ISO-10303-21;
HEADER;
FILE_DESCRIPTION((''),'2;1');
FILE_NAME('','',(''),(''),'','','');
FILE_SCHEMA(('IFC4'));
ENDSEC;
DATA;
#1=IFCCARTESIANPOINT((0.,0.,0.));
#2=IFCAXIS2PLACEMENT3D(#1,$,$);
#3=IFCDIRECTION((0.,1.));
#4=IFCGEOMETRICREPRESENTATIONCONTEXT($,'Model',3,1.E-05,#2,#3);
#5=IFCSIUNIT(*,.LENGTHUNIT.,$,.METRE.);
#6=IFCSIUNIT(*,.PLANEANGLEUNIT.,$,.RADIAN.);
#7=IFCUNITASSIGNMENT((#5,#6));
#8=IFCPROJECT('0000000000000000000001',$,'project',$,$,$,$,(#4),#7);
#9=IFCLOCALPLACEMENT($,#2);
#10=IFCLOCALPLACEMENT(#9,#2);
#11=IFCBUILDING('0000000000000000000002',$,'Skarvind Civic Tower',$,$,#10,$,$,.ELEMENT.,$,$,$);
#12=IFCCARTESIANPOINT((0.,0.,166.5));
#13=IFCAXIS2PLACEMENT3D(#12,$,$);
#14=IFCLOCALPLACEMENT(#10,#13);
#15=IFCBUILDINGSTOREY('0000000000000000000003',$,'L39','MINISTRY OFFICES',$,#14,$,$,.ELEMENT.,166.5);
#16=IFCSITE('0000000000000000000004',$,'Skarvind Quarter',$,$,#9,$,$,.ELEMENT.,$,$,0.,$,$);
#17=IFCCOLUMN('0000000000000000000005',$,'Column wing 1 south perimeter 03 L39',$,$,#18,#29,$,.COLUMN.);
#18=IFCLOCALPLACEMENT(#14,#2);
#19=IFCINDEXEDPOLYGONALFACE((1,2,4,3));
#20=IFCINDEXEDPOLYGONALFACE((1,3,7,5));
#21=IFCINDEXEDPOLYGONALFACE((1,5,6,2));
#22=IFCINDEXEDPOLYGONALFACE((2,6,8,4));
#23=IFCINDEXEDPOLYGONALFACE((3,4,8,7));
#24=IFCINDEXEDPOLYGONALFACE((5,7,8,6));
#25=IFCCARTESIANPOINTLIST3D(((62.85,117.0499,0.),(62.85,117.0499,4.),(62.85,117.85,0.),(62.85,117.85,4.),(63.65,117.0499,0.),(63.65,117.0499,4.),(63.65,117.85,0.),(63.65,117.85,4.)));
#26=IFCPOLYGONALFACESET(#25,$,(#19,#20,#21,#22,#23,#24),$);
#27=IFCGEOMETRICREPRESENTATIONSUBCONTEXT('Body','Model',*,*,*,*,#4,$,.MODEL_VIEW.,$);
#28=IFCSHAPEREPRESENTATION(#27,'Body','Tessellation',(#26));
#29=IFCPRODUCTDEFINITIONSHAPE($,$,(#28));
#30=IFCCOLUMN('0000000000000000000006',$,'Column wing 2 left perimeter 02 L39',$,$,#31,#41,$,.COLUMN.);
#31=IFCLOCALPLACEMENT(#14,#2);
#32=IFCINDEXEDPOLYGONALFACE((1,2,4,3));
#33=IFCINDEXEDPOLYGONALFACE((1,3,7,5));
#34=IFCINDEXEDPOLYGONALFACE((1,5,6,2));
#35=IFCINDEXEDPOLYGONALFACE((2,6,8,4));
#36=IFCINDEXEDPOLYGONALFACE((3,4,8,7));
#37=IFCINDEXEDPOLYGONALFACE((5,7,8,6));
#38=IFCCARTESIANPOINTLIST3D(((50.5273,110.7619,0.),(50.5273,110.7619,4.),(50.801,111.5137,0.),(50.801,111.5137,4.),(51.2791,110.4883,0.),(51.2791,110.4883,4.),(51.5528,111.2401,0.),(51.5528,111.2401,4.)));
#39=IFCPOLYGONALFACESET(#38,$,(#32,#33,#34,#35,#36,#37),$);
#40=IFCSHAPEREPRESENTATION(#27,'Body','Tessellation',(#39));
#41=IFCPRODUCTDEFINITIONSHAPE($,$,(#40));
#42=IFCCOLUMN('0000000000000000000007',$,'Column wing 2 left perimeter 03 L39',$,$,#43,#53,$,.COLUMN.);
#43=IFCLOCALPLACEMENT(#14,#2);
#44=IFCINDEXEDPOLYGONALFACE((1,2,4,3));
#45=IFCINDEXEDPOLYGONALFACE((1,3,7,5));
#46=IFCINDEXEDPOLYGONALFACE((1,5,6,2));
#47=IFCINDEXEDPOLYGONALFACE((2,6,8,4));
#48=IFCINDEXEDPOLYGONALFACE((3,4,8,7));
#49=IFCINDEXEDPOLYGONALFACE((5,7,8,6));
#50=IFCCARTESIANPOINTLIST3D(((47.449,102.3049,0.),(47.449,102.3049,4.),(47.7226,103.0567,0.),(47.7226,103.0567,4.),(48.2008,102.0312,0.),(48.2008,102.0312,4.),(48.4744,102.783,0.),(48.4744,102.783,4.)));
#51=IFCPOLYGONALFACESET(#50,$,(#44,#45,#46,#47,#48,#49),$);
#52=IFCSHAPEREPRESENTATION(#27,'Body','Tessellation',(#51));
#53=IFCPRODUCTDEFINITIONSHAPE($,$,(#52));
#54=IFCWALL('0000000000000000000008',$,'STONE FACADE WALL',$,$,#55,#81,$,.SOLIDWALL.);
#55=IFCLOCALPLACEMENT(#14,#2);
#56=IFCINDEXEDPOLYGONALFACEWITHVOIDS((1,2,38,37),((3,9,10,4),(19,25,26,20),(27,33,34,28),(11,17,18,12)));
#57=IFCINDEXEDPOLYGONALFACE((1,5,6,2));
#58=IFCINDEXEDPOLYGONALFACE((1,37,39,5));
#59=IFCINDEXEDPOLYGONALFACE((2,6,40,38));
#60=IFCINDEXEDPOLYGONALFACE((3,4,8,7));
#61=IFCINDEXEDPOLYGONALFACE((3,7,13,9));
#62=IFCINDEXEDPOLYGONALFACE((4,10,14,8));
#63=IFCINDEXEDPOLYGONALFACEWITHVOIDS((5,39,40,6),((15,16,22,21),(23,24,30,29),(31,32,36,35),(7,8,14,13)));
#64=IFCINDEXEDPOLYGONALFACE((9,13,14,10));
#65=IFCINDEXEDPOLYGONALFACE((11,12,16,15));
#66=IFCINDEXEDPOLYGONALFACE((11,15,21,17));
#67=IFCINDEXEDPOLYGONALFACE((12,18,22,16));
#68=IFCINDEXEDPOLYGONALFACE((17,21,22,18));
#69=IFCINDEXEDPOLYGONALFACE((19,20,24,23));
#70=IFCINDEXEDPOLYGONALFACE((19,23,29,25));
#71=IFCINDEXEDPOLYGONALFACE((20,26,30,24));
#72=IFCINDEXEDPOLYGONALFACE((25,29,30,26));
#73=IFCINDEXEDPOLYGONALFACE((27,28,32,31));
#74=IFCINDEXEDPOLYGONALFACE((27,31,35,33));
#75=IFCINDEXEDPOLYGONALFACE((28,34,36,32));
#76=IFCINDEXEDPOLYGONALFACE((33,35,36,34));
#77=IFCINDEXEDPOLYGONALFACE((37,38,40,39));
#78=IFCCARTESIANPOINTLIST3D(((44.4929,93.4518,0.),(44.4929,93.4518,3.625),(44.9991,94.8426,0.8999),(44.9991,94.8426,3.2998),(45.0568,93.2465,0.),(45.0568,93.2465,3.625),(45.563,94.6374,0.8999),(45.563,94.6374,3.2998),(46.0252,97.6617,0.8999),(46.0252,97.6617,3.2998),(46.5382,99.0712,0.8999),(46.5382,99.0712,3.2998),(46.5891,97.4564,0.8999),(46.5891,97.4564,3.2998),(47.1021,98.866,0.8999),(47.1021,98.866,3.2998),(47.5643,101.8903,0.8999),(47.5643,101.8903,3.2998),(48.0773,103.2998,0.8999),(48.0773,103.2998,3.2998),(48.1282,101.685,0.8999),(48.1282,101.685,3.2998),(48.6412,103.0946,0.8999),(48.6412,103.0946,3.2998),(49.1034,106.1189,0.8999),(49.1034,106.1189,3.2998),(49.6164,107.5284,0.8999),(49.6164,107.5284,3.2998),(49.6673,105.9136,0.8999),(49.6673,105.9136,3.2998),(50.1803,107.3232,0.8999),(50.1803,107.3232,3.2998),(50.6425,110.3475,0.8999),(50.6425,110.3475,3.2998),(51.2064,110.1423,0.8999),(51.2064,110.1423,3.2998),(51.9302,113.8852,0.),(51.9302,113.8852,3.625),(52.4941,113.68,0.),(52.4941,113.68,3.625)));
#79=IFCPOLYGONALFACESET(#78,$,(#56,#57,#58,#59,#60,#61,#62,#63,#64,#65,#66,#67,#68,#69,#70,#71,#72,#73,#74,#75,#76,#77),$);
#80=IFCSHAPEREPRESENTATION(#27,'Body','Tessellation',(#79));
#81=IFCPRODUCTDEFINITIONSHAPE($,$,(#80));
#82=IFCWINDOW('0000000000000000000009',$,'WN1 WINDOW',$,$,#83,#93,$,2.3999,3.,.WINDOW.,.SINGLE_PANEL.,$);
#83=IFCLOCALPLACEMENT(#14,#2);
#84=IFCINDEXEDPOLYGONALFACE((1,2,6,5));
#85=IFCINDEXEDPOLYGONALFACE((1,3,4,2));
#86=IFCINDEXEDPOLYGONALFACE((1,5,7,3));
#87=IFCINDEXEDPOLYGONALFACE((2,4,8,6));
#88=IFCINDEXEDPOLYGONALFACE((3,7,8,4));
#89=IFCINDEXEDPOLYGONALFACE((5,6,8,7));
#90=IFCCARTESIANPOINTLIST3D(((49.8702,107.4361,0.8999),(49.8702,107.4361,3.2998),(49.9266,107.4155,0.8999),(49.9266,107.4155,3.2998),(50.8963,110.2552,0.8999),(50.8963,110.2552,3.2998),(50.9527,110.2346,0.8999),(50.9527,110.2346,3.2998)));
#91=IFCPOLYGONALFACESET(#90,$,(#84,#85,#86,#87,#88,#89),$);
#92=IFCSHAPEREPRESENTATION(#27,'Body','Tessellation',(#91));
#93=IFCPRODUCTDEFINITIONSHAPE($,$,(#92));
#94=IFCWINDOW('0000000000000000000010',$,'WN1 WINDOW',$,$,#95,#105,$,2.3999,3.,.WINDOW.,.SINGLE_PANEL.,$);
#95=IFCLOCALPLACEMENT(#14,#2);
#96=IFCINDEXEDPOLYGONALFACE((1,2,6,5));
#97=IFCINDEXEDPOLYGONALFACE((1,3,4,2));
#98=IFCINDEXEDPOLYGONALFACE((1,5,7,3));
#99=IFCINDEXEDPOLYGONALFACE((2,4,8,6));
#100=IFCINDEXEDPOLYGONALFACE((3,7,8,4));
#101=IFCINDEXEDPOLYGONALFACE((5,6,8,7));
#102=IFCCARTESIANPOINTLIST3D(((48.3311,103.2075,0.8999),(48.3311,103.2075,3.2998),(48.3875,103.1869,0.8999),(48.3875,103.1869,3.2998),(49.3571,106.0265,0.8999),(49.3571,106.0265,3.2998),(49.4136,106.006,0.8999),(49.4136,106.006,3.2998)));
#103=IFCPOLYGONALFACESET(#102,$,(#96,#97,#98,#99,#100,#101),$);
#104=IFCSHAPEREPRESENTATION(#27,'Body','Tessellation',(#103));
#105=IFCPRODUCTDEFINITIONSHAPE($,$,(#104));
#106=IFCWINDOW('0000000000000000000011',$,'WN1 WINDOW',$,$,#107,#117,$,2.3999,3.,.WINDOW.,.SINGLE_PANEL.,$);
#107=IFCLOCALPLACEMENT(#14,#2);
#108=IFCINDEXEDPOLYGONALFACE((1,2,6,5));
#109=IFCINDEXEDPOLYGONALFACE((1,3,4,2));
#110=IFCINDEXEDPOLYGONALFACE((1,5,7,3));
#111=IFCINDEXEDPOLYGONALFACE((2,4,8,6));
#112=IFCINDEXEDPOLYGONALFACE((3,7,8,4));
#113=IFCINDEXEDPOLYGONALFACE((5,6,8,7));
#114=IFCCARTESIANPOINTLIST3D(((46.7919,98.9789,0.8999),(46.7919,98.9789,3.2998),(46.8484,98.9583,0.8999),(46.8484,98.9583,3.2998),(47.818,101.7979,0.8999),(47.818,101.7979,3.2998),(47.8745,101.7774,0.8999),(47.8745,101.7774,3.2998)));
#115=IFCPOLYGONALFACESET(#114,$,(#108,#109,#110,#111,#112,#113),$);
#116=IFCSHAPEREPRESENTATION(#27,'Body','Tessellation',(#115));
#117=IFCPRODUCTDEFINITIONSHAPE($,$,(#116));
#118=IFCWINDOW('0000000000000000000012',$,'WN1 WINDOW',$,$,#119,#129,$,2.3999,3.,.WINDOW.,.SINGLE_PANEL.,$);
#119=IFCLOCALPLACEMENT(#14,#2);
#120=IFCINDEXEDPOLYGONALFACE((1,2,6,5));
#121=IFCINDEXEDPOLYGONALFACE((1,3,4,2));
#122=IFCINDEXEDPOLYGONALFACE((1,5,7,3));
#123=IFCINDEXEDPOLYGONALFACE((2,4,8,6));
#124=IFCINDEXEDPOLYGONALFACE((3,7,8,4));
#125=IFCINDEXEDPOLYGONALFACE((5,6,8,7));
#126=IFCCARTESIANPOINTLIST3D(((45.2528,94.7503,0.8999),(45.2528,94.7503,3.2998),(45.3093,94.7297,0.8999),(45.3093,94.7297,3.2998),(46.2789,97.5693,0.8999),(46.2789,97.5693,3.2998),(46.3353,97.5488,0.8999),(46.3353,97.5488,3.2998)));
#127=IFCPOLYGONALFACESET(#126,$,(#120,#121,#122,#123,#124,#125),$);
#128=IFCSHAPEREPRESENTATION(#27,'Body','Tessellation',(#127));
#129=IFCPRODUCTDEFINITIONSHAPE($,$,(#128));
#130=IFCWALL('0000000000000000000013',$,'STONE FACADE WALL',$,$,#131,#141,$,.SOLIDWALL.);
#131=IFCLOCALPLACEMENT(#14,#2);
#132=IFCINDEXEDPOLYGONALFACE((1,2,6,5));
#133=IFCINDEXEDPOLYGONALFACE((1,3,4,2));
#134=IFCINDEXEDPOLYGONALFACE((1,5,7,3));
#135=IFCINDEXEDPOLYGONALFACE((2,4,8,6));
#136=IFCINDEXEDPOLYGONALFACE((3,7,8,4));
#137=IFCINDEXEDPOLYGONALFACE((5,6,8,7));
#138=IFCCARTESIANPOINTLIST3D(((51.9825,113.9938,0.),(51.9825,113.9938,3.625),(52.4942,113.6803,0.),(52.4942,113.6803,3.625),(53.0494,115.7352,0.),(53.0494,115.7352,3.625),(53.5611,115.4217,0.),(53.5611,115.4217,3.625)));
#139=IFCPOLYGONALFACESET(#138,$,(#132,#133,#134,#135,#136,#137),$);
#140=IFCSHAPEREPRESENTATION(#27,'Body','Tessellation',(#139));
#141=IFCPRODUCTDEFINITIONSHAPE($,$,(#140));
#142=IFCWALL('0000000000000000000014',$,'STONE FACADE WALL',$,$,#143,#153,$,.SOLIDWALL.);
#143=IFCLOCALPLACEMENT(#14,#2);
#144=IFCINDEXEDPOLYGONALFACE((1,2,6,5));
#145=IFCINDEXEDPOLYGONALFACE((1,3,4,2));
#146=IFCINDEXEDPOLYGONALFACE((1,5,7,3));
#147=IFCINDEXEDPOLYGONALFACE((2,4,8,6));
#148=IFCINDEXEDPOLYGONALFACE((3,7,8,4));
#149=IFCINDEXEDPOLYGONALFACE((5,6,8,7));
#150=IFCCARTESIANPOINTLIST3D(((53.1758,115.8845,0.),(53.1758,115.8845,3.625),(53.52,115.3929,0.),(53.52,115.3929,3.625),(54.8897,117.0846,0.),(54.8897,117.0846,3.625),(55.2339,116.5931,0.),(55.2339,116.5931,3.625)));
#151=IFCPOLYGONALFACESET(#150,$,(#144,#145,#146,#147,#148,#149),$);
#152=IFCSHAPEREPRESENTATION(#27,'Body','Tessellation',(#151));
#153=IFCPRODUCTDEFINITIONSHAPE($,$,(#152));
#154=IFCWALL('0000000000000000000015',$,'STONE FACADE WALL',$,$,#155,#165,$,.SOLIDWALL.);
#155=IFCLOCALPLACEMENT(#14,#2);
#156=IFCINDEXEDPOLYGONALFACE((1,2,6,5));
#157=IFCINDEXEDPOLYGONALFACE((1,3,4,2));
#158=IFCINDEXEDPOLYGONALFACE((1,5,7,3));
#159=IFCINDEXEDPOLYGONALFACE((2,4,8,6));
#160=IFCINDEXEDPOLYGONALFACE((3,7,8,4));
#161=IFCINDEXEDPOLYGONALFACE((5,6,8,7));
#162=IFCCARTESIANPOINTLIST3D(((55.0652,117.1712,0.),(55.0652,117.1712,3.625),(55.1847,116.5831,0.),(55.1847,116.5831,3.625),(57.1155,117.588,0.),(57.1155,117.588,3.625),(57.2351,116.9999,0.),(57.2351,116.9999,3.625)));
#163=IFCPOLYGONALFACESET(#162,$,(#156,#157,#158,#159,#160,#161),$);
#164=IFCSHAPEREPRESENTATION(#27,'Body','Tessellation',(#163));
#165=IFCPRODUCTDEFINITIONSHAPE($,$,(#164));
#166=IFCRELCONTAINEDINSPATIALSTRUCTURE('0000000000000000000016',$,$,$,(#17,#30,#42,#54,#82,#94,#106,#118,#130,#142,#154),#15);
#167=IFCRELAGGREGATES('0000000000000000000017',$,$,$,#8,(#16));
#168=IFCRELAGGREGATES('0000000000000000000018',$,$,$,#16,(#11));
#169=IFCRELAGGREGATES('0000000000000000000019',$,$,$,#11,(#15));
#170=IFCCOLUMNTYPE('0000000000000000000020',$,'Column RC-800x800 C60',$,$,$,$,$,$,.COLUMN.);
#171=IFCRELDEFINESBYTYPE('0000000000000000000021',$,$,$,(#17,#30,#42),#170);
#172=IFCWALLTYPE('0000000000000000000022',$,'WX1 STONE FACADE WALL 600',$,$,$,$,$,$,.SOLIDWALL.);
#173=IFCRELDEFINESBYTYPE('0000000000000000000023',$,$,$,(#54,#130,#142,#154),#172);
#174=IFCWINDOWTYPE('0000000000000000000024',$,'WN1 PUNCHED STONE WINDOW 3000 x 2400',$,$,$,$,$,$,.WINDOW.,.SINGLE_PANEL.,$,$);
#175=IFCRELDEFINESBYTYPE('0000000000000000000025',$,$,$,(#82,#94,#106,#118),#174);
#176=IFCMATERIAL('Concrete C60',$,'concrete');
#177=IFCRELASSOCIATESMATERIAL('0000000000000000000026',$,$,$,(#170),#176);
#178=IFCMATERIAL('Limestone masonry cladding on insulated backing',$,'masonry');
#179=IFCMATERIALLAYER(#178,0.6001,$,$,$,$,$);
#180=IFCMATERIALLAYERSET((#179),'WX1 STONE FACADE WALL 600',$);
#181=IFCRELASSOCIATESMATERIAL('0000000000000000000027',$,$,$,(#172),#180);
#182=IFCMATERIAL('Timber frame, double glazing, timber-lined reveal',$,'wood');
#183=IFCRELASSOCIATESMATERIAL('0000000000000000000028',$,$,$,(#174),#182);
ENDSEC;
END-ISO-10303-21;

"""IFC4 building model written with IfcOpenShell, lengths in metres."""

from ifc_helpers import new_model, si_unit, direction, frame, frame_2d, origin, origin_2d, place, context, subcontext, project, spatial, rectangle, extrude, material, layer, layer_set, material_profile, profile_set, type_object, element, fill, save


model = new_model("IFC4")

# Units and contexts
model_context = context("Model", 3, precision=1e-05, world=origin(), true_north=direction((0.0, 1.0)))
body_context = subcontext(model_context, "Body", "Model", "MODEL_VIEW")
ifc_project = project(units=[si_unit("LENGTHUNIT", "METRE"), si_unit("PLANEANGLEUNIT", "RADIAN")], contexts=[model_context])

# Site, building, storey
site_placement = place(None, origin())
site = spatial("IfcSite", under=ifc_project, at=site_placement, Name="Skarvind Quarter", CompositionType="ELEMENT", RefElevation=0.0)
building_placement = place(site_placement, origin())
building = spatial("IfcBuilding", under=site, at=building_placement, Name="Skarvind Civic Tower", CompositionType="ELEMENT")
storey_placement = place(building_placement, frame((0.0, 0.0, 166.5)))
storey = spatial("IfcBuildingStorey", under=building, at=storey_placement, Name="L39", Description="MINISTRY OFFICES", CompositionType="ELEMENT", Elevation=166.5)

# Columns
ifc_material_1 = material(Name="Concrete C60", Category="concrete")
ifc_material_profile_1 = material_profile(ifc_material_1, rectangle(XDim=0.8, YDim=0.8, at=origin_2d()), Name="RC-800x800")
ifc_profile_set_1 = profile_set([ifc_material_profile_1], Name="Concrete C60")
column_type = type_object("IfcColumnType", Name="Column RC-800x800 C60", PredefinedType="COLUMN", material=ifc_profile_set_1)
for number, where, z_axis, x_axis, name in (
    (1, (63.25, 117.45, 0.0), (0.0, 0.0, 1.0), (1.0, 0.0, 0.0), "Column wing 1 south perimeter 03 L39"),
    (2, (51.04, 111.001, 0.0), (0.0, 0.0, 1.0), (-0.34202, -0.939693, 0.0), "Column wing 2 left perimeter 02 L39"),
    (3, (47.9617, 102.5439, 0.0), (0.0, 0.0, 1.0), (-0.34202, -0.939693, 0.0), "Column wing 2 left perimeter 03 L39"),
):
    element("IfcColumn", number, at=place(storey_placement, frame(where, z_axis=z_axis, x_axis=x_axis)), inside=storey, type_object=column_type, Name=name, PredefinedType="COLUMN", context=body_context, shape_type="SweptSolid", body=[
        extrude(rectangle(XDim=0.8, YDim=0.8, at=origin_2d()), origin(), (0.0, 0.0, 1.0), 4.0),
    ])

# Wall, openings, windows
ifc_material_2 = material(Name="Limestone masonry cladding on insulated backing", Category="masonry")
ifc_layer = layer(ifc_material_2, 0.6001)
ifc_layer_set = layer_set([ifc_layer], Name="WX1 STONE FACADE WALL 600")
wall_type = type_object("IfcWallType", Name="WX1 STONE FACADE WALL 600", PredefinedType="SOLIDWALL", material=ifc_layer_set)
wall_1_placement = place(storey_placement, frame((52.2122, 113.7827, 0.0), z_axis=(0.0, 0.0, 1.0), x_axis=(-0.342025, -0.939691, 0.0)))
wall_1 = element("IfcWall", 4, at=wall_1_placement, inside=storey, type_object=wall_type, Name="STONE FACADE WALL", PredefinedType="SOLIDWALL", context=body_context, shape_type="SweptSolid", body=[
    extrude(rectangle(XDim=21.7449, YDim=0.6001, at=frame_2d((10.8726, 0.0))), origin(), (0.0, 0.0, 1.0), 3.625),
])
opening_1_placement = place(wall_1_placement, frame((3.7649, 0.0, 0.8999)))
opening_1 = element("IfcOpeningElement", 5, at=opening_1_placement, cuts=wall_1, PredefinedType="OPENING", context=body_context, shape_type="SweptSolid", body=[
    extrude(rectangle(XDim=3.0, YDim=2.3999, at=frame_2d((1.5, 1.2))), frame((0.0, 0.3101, 0.0), z_axis=(0.0, -1.0, 0.0), x_axis=(1.0, 0.0, 0.0)), (0.0, 0.0, 1.0), 0.6201),
])
opening_2_placement = place(wall_1_placement, frame((8.2649, 0.0, 0.8999)))
opening_2 = element("IfcOpeningElement", 6, at=opening_2_placement, cuts=wall_1, PredefinedType="OPENING", context=body_context, shape_type="SweptSolid", body=[
    extrude(rectangle(XDim=3.0, YDim=2.3999, at=frame_2d((1.5, 1.2))), frame((0.0, 0.3101, 0.0), z_axis=(0.0, -1.0, 0.0), x_axis=(1.0, 0.0, 0.0)), (0.0, 0.0, 1.0), 0.6201),
])
opening_3_placement = place(wall_1_placement, frame((12.7649, 0.0, 0.8999)))
opening_3 = element("IfcOpeningElement", 7, at=opening_3_placement, cuts=wall_1, PredefinedType="OPENING", context=body_context, shape_type="SweptSolid", body=[
    extrude(rectangle(XDim=3.0, YDim=2.3999, at=frame_2d((1.5, 1.2))), frame((0.0, 0.3101, 0.0), z_axis=(0.0, -1.0, 0.0), x_axis=(1.0, 0.0, 0.0)), (0.0, 0.0, 1.0), 0.6201),
])
opening_4_placement = place(wall_1_placement, frame((17.2649, 0.0, 0.8999)))
opening_4 = element("IfcOpeningElement", 8, at=opening_4_placement, cuts=wall_1, PredefinedType="OPENING", context=body_context, shape_type="SweptSolid", body=[
    extrude(rectangle(XDim=3.0, YDim=2.3999, at=frame_2d((1.5, 1.2))), frame((0.0, 0.3101, 0.0), z_axis=(0.0, -1.0, 0.0), x_axis=(1.0, 0.0, 0.0)), (0.0, 0.0, 1.0), 0.6201),
])
ifc_material_3 = material(Name="Timber frame, double glazing, timber-lined reveal", Category="wood")
window_type = type_object("IfcWindowType", Name="WN1 PUNCHED STONE WINDOW 3000 x 2400", PartitioningType="SINGLE_PANEL", PredefinedType="WINDOW", material=ifc_material_3)
window_1_placement = place(opening_1_placement, origin())
window_1 = element("IfcWindow", 9, at=window_1_placement, inside=storey, type_object=window_type, Name="WN1 WINDOW", OverallHeight=2.3999, OverallWidth=3.0, PartitioningType="SINGLE_PANEL", PredefinedType="WINDOW", context=body_context, shape_type="SweptSolid", body=[
    extrude(rectangle(XDim=3.0, YDim=2.3999, at=frame_2d((1.5, 1.2))), frame((0.0, 0.03, 0.0), z_axis=(0.0, -1.0, 0.0), x_axis=(1.0, 0.0, 0.0)), (0.0, 0.0, 1.0), 0.0601),
])
fill(opening_1, window_1)
window_2_placement = place(opening_2_placement, origin())
window_2 = element("IfcWindow", 10, at=window_2_placement, inside=storey, type_object=window_type, Name="WN1 WINDOW", OverallHeight=2.3999, OverallWidth=3.0, PartitioningType="SINGLE_PANEL", PredefinedType="WINDOW", context=body_context, shape_type="SweptSolid", body=[
    extrude(rectangle(XDim=3.0, YDim=2.3999, at=frame_2d((1.5, 1.2))), frame((0.0, 0.03, 0.0), z_axis=(0.0, -1.0, 0.0), x_axis=(1.0, 0.0, 0.0)), (0.0, 0.0, 1.0), 0.0601),
])
fill(opening_2, window_2)
window_3_placement = place(opening_3_placement, origin())
window_3 = element("IfcWindow", 11, at=window_3_placement, inside=storey, type_object=window_type, Name="WN1 WINDOW", OverallHeight=2.3999, OverallWidth=3.0, PartitioningType="SINGLE_PANEL", PredefinedType="WINDOW", context=body_context, shape_type="SweptSolid", body=[
    extrude(rectangle(XDim=3.0, YDim=2.3999, at=frame_2d((1.5, 1.2))), frame((0.0, 0.03, 0.0), z_axis=(0.0, -1.0, 0.0), x_axis=(1.0, 0.0, 0.0)), (0.0, 0.0, 1.0), 0.0601),
])
fill(opening_3, window_3)
window_4_placement = place(opening_4_placement, origin())
window_4 = element("IfcWindow", 12, at=window_4_placement, inside=storey, type_object=window_type, Name="WN1 WINDOW", OverallHeight=2.3999, OverallWidth=3.0, PartitioningType="SINGLE_PANEL", PredefinedType="WINDOW", context=body_context, shape_type="SweptSolid", body=[
    extrude(rectangle(XDim=3.0, YDim=2.3999, at=frame_2d((1.5, 1.2))), frame((0.0, 0.03, 0.0), z_axis=(0.0, -1.0, 0.0), x_axis=(1.0, 0.0, 0.0)), (0.0, 0.0, 1.0), 0.0601),
])
fill(opening_4, window_4)

# Walls
wall_2_placement = place(storey_placement, frame((53.3052, 115.5784, 0.0), z_axis=(0.0, 0.0, 1.0), x_axis=(-0.522402, -0.852699, 0.0)))
element("IfcWall", 13, at=wall_2_placement, inside=storey, type_object=wall_type, Name="STONE FACADE WALL", PredefinedType="SOLIDWALL", context=body_context, shape_type="SweptSolid", body=[
    extrude(rectangle(XDim=2.0422, YDim=0.6001, at=frame_2d((1.021, 0.0))), origin(), (0.0, 0.0, 1.0), 3.625),
])
for number, where, z_axis, x_axis, name in (
    (14, (55.0618, 116.8389, 0.0), (0.0, 0.0, 1.0), (-0.819122, -0.573619, 0.0), "STONE FACADE WALL"),
    (15, (57.1753, 117.2939, 0.0), (0.0, 0.0, 1.0), (-0.979961, -0.199189, 0.0), "STONE FACADE WALL"),
):
    element("IfcWall", number, at=place(storey_placement, frame(where, z_axis=z_axis, x_axis=x_axis)), inside=storey, type_object=wall_type, Name=name, PredefinedType="SOLIDWALL", context=body_context, shape_type="SweptSolid", body=[
        extrude(rectangle(XDim=2.0923, YDim=0.6001, at=frame_2d((1.0461, 0.0))), origin(), (0.0, 0.0, 1.0), 3.625),
    ])

save(model, "model.ifc")
